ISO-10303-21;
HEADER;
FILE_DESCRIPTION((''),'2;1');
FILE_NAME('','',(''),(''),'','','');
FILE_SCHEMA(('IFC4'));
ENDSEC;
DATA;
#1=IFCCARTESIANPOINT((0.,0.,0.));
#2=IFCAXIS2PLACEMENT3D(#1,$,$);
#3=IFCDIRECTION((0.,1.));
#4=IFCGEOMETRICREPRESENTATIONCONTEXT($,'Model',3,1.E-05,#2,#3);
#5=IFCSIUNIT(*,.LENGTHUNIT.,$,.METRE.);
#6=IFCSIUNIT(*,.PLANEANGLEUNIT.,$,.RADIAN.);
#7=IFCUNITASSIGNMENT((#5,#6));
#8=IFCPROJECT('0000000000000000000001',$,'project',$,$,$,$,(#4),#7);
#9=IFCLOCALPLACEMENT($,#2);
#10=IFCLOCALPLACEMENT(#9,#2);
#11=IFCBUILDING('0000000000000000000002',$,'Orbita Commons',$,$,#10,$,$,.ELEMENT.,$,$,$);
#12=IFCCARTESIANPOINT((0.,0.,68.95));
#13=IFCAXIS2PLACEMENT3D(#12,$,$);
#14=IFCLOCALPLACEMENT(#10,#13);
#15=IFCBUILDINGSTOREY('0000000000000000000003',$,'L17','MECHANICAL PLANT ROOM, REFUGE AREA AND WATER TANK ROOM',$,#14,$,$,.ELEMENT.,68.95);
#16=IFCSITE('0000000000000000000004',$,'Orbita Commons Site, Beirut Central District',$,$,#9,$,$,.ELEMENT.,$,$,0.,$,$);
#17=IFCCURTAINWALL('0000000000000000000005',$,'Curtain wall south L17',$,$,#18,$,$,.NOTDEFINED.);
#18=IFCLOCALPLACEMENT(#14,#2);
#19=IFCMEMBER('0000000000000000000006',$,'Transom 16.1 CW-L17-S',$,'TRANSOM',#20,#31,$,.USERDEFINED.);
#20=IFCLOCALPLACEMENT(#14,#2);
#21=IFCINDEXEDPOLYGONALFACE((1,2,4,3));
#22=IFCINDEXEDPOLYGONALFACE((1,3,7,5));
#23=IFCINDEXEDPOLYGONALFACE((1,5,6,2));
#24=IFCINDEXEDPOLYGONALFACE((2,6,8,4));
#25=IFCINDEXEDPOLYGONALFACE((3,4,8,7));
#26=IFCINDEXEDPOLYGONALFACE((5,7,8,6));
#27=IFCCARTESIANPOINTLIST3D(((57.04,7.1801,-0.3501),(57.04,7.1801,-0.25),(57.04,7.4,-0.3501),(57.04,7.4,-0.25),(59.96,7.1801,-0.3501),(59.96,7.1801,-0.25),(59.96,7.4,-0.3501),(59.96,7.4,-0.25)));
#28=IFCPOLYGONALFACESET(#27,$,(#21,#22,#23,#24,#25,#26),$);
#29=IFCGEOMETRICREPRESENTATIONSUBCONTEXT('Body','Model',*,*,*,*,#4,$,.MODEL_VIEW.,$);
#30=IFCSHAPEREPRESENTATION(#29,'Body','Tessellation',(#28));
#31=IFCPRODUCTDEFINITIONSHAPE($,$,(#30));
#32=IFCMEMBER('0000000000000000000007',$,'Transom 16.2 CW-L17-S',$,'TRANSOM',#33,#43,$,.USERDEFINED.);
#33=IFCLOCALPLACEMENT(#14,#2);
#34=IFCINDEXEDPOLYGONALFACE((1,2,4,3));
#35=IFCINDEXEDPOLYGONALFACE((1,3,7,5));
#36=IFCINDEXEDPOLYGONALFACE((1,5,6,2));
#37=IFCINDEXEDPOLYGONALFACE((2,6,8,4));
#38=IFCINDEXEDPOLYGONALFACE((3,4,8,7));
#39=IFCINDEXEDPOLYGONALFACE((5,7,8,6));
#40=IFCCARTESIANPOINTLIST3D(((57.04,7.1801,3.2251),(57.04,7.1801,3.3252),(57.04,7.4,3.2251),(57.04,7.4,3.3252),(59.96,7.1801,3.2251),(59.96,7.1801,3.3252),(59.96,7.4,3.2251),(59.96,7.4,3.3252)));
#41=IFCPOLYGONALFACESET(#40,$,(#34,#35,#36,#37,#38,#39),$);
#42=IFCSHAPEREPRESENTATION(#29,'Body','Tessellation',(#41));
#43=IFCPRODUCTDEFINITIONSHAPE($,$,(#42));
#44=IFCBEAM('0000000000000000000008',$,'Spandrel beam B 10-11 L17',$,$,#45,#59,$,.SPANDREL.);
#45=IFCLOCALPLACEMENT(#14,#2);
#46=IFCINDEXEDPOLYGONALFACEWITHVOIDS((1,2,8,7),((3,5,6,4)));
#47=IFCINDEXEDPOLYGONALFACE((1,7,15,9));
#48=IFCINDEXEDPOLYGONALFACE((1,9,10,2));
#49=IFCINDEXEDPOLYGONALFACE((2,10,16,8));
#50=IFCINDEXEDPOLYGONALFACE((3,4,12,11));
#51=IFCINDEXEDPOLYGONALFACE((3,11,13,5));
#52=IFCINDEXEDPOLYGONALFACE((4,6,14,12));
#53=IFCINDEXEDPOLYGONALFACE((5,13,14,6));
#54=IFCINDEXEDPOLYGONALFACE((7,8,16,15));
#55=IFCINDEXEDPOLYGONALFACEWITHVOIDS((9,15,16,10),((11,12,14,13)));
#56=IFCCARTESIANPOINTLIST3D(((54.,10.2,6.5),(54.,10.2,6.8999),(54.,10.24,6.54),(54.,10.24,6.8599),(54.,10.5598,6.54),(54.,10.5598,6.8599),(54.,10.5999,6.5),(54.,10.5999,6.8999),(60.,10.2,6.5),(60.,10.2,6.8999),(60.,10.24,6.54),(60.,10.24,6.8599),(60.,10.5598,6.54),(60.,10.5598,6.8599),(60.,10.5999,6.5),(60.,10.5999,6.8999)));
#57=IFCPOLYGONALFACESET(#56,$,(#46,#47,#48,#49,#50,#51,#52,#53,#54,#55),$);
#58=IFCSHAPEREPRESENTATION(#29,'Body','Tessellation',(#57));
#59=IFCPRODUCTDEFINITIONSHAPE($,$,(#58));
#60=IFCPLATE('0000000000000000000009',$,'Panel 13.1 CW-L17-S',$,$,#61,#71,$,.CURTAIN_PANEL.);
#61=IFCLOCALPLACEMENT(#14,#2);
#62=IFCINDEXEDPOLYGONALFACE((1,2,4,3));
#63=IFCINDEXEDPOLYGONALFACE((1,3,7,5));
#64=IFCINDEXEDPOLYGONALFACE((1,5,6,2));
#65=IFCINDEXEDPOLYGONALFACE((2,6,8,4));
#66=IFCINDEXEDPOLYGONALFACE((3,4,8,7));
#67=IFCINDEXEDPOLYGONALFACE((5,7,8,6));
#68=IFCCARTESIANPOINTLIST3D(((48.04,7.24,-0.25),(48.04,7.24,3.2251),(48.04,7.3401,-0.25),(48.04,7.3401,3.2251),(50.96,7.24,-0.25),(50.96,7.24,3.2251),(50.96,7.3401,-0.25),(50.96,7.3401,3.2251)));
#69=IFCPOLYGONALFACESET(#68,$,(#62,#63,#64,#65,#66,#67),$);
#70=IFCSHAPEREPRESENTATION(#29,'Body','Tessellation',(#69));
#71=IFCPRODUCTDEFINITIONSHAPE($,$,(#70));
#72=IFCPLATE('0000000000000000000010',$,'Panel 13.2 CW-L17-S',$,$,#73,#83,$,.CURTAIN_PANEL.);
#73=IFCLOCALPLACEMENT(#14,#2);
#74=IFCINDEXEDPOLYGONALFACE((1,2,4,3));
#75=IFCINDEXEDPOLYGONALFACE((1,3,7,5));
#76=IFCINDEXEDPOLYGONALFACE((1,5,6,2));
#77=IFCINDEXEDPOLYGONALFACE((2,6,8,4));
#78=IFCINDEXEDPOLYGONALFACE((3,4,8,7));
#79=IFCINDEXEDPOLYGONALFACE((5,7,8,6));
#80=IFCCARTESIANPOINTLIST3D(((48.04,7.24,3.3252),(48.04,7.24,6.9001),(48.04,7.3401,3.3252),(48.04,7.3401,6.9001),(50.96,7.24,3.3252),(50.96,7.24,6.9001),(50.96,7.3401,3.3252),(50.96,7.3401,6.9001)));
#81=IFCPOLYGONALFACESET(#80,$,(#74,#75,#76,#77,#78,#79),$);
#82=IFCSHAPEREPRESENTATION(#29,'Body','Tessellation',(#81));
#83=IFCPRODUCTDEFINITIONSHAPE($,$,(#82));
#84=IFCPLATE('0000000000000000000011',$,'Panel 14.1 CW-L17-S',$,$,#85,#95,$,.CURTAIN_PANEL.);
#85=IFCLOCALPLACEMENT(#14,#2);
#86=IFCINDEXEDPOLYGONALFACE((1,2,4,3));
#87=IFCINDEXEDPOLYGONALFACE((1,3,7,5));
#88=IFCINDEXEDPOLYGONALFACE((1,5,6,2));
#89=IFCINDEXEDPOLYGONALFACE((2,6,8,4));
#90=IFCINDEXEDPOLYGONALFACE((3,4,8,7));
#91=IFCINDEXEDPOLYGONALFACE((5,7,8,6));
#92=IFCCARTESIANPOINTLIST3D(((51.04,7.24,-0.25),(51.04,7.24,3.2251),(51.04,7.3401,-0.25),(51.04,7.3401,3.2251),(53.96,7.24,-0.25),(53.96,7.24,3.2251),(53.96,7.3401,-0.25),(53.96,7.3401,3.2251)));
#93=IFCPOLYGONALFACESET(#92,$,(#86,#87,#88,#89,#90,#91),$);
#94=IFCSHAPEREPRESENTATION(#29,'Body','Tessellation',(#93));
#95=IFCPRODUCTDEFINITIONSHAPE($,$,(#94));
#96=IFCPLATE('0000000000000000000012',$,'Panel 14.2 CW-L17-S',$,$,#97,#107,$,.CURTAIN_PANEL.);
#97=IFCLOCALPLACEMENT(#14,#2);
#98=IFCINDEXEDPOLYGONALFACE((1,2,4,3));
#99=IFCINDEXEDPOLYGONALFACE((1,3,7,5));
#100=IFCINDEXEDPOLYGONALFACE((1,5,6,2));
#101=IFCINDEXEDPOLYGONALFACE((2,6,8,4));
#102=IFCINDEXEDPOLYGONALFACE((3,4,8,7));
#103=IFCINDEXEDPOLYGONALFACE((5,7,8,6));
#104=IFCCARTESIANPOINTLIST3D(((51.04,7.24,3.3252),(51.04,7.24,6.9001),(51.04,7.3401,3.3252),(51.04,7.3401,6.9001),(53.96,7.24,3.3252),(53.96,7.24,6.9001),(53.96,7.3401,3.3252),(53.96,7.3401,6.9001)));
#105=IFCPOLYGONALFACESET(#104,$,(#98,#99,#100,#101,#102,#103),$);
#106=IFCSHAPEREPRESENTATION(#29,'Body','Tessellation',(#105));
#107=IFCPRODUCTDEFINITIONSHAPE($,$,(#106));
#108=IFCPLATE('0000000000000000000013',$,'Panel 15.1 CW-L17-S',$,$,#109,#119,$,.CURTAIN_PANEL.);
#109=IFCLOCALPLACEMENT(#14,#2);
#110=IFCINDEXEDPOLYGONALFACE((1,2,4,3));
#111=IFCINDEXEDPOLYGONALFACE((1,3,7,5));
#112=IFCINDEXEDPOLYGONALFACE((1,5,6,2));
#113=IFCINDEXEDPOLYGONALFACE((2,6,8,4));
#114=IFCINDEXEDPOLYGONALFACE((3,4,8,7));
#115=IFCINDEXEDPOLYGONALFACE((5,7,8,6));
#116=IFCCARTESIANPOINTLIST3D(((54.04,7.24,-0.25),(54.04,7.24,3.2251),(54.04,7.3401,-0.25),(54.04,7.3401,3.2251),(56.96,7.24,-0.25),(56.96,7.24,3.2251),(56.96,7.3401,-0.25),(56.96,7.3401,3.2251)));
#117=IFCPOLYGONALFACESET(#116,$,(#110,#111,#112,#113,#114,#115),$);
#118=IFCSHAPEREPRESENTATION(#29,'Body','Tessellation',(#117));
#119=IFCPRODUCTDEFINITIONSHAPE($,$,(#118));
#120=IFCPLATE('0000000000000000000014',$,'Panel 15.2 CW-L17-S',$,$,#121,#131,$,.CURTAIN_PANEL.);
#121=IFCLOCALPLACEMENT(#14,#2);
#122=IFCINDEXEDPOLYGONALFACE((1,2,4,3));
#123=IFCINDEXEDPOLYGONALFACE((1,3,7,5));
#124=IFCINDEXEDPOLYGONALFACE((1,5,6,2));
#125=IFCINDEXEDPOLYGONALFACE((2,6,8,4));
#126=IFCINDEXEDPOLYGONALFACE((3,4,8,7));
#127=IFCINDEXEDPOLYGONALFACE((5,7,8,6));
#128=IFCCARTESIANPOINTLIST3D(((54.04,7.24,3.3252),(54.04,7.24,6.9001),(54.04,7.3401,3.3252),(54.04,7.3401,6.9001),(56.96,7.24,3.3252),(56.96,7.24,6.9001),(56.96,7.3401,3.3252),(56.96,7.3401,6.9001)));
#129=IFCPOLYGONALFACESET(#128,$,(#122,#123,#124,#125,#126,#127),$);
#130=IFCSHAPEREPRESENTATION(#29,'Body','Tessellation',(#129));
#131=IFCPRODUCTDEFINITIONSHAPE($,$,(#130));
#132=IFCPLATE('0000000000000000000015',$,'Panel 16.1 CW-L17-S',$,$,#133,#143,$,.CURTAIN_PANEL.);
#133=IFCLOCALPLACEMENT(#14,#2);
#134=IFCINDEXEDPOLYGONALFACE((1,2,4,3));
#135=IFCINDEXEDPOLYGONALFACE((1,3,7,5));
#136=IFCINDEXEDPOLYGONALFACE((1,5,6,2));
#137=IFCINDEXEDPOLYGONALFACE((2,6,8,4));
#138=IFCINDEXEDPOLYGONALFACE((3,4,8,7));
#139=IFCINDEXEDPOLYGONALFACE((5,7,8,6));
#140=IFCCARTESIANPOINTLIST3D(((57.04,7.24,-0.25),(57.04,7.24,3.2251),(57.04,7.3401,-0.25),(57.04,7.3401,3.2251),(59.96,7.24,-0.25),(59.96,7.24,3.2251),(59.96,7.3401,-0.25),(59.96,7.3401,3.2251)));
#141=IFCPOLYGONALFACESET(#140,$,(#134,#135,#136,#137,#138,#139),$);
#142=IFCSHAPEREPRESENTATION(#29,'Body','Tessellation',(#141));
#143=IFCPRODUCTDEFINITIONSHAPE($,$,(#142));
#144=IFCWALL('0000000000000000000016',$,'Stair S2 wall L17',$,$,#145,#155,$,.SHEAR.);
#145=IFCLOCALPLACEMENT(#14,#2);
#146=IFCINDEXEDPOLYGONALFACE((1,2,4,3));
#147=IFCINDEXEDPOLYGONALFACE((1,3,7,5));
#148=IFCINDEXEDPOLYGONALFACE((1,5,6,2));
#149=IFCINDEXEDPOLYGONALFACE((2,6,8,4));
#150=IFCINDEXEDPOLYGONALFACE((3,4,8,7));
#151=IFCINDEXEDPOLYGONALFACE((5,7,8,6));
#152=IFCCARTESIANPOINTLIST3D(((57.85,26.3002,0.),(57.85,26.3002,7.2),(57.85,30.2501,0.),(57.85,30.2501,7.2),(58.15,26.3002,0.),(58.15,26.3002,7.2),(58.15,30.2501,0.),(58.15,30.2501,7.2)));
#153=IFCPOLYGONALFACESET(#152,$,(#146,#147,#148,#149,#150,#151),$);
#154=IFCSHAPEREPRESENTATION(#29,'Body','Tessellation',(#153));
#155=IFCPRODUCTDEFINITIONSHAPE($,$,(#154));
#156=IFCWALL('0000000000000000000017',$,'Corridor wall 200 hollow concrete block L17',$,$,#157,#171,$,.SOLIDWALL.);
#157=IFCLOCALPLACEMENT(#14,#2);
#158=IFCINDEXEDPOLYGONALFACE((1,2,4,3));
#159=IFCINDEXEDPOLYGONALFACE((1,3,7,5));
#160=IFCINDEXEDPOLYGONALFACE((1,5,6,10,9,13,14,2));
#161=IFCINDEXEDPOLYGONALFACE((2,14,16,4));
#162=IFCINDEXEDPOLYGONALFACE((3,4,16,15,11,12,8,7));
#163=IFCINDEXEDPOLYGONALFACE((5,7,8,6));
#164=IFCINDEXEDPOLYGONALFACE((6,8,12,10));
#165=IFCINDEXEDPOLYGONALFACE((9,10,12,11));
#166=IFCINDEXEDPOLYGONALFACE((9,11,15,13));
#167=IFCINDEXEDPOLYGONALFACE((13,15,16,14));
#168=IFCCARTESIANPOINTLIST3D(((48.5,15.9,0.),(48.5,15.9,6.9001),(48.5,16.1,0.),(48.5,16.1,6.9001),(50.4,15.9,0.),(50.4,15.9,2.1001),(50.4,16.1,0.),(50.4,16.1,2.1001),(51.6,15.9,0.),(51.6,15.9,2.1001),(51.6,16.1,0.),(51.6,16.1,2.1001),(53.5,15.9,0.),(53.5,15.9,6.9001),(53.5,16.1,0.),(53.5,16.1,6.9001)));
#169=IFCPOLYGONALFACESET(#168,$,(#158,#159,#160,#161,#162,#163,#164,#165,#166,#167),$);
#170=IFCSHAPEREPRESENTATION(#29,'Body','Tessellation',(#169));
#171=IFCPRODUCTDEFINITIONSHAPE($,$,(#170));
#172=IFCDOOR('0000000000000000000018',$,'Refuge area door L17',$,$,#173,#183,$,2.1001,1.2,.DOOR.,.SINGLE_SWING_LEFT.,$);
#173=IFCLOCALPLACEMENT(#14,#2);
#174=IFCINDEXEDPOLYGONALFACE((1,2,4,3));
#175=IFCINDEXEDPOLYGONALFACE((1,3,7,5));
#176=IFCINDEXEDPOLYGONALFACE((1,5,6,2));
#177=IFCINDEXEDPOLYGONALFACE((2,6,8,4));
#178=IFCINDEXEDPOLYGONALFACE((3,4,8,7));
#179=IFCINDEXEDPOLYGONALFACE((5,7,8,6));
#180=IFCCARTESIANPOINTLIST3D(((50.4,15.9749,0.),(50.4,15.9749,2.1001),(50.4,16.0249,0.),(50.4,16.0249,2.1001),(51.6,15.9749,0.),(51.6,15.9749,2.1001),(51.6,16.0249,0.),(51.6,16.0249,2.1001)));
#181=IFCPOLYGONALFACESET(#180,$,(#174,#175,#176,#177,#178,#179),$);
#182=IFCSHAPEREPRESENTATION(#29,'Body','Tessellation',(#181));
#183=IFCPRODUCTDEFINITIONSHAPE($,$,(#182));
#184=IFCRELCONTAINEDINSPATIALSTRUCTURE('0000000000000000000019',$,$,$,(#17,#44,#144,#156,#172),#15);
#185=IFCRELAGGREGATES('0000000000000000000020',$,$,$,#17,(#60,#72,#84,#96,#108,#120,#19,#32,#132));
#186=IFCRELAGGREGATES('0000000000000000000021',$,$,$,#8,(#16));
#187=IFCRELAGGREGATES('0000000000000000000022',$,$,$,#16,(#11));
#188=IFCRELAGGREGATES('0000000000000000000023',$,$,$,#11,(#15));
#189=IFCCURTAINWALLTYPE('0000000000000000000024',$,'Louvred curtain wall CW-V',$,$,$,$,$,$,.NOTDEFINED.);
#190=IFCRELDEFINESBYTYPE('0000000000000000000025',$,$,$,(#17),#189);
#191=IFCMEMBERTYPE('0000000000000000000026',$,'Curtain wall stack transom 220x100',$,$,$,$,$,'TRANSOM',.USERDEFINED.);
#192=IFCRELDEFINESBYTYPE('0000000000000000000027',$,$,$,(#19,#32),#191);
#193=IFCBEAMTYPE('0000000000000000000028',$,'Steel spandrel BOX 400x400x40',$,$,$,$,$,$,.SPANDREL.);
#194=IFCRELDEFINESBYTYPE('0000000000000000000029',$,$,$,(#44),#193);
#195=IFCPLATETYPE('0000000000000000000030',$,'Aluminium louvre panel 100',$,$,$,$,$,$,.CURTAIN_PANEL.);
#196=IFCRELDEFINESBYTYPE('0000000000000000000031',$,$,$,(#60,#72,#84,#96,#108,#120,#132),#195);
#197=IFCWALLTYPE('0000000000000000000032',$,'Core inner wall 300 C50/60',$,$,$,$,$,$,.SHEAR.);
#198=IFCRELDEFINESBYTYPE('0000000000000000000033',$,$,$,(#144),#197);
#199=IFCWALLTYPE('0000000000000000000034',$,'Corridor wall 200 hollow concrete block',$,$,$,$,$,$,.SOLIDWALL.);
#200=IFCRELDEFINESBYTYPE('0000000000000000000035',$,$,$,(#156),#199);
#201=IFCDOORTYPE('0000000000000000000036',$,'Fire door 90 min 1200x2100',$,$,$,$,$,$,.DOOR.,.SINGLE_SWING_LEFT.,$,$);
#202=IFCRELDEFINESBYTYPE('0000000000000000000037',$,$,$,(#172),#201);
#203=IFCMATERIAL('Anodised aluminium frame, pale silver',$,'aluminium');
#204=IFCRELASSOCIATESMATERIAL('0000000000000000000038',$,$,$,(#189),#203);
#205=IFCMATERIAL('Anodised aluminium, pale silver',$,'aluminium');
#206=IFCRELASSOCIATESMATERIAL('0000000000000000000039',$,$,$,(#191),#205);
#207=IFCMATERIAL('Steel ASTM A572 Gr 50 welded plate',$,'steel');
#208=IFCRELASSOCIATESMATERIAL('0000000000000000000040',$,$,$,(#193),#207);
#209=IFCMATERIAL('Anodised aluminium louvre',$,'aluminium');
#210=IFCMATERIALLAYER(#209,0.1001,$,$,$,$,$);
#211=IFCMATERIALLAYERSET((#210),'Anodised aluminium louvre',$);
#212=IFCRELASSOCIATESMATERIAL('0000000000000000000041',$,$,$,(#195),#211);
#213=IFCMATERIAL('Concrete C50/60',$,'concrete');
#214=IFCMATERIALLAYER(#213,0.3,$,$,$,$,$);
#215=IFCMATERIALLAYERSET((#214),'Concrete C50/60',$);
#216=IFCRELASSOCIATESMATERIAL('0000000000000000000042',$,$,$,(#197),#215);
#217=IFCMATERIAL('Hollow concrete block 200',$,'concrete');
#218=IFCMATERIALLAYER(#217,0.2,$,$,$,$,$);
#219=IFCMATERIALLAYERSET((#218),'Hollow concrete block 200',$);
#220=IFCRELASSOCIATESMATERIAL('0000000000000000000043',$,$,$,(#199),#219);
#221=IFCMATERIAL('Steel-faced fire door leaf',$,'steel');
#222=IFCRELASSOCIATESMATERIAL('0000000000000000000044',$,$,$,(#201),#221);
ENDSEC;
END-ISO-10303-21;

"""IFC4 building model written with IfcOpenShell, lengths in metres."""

from ifc_helpers import new_model, si_unit, direction, frame, frame_2d, origin, origin_2d, place, context, subcontext, project, spatial, rectangle, hollow_rectangle, extrude, material, layer, layer_set, material_profile, profile_set, type_object, element, fill, aggregate, save


model = new_model("IFC4")

# Units and contexts
model_context = context("Model", 3, precision=1e-05, world=origin(), true_north=direction((0.0, 1.0)))
body_context = subcontext(model_context, "Body", "Model", "MODEL_VIEW")
ifc_project = project(units=[si_unit("LENGTHUNIT", "METRE"), si_unit("PLANEANGLEUNIT", "RADIAN")], contexts=[model_context])

# Site, building, storey
site_placement = place(None, origin())
site = spatial("IfcSite", under=ifc_project, at=site_placement, Name="Orbita Commons Site, Beirut Central District", CompositionType="ELEMENT", RefElevation=0.0)
building_placement = place(site_placement, origin())
building = spatial("IfcBuilding", under=site, at=building_placement, Name="Orbita Commons", CompositionType="ELEMENT")
storey_placement = place(building_placement, frame((0.0, 0.0, 68.95)))
storey = spatial("IfcBuildingStorey", under=building, at=storey_placement, Name="L17", Description="MECHANICAL PLANT ROOM, REFUGE AREA AND WATER TANK ROOM", CompositionType="ELEMENT", Elevation=68.95)

# Curtain wall, members
ifc_material_1 = material(Name="Anodised aluminium frame, pale silver", Category="aluminium")
curtain_wall_type = type_object("IfcCurtainWallType", Name="Louvred curtain wall CW-V", PredefinedType="NOTDEFINED", material=ifc_material_1)
curtain_wall_placement = place(storey_placement, origin())
curtain_wall = element("IfcCurtainWall", 1, at=curtain_wall_placement, inside=storey, type_object=curtain_wall_type, Name="Curtain wall south L17", PredefinedType="NOTDEFINED")
ifc_material_2 = material(Name="Anodised aluminium, pale silver", Category="aluminium")
ifc_material_profile_1 = material_profile(ifc_material_2, rectangle(XDim=0.22, YDim=0.1001, at=origin_2d()), Name="AL 220x100")
ifc_profile_set_1 = profile_set([ifc_material_profile_1], Name="Anodised aluminium, pale silver")
member_type_1 = type_object("IfcMemberType", Name="Curtain wall stack transom 220x100", ElementType="TRANSOM", PredefinedType="USERDEFINED", material=ifc_profile_set_1)
member_1_placement = place(storey_placement, frame((57.04, 7.29, -0.3), z_axis=(1.0, 0.0, 0.0), x_axis=(0.0, 1.0, 0.0)))
member_1 = element("IfcMember", 2, at=member_1_placement, type_object=member_type_1, Name="Transom 16.1 CW-L17-S", ObjectType="TRANSOM", PredefinedType="USERDEFINED", context=body_context, shape_type="SweptSolid", body=[
    extrude(rectangle(XDim=0.22, YDim=0.1001, at=origin_2d()), origin(), (0.0, 0.0, 1.0), 2.9199),
])
member_2_placement = place(storey_placement, frame((57.04, 7.29, 3.2751), z_axis=(1.0, 0.0, 0.0), x_axis=(0.0, 1.0, 0.0)))
member_2 = element("IfcMember", 3, at=member_2_placement, type_object=member_type_1, Name="Transom 16.2 CW-L17-S", ObjectType="TRANSOM", PredefinedType="USERDEFINED", context=body_context, shape_type="SweptSolid", body=[
    extrude(rectangle(XDim=0.22, YDim=0.1001, at=origin_2d()), origin(), (0.0, 0.0, 1.0), 2.9199),
])

# Beam
ifc_material_3 = material(Name="Steel ASTM A572 Gr 50 welded plate", Category="steel")
ifc_material_profile_2 = material_profile(ifc_material_3, hollow_rectangle(XDim=0.3999, YDim=0.3999, WallThickness=0.04, at=origin_2d()), Name="BOX 400x400x40")
ifc_profile_set_2 = profile_set([ifc_material_profile_2], Name="Steel ASTM A572 Gr 50 welded plate")
beam_type = type_object("IfcBeamType", Name="Steel spandrel BOX 400x400x40", PredefinedType="SPANDREL", material=ifc_profile_set_2)
beam_placement = place(storey_placement, frame((54.0, 10.3999, 6.7), z_axis=(1.0, 0.0, 0.0), x_axis=(0.0, 1.0, 0.0)))
element("IfcBeam", 4, at=beam_placement, inside=storey, type_object=beam_type, Name="Spandrel beam B 10-11 L17", PredefinedType="SPANDREL", context=body_context, shape_type="SweptSolid", body=[
    extrude(hollow_rectangle(XDim=0.3999, YDim=0.3999, WallThickness=0.04, at=origin_2d()), origin(), (0.0, 0.0, 1.0), 6.0),
])

# Plates
ifc_material_4 = material(Name="Anodised aluminium louvre", Category="aluminium")
ifc_layer_1 = layer(ifc_material_4, 0.1001)
ifc_layer_set_1 = layer_set([ifc_layer_1], Name="Anodised aluminium louvre")
plate_type = type_object("IfcPlateType", Name="Aluminium louvre panel 100", PredefinedType="CURTAIN_PANEL", material=ifc_layer_set_1)
plate_1_placement = place(storey_placement, frame((49.5, 7.29, -0.25), z_axis=(0.0, 0.0, 1.0), x_axis=(1.0, 0.0, 0.0)))
plate_1 = element("IfcPlate", 5, at=plate_1_placement, type_object=plate_type, Name="Panel 13.1 CW-L17-S", PredefinedType="CURTAIN_PANEL", context=body_context, shape_type="SweptSolid", body=[
    extrude(rectangle(XDim=2.9199, YDim=0.1001, at=origin_2d()), origin(), (0.0, 0.0, 1.0), 3.4751),
])
plate_2_placement = place(storey_placement, frame((49.5, 7.29, 3.3252), z_axis=(0.0, 0.0, 1.0), x_axis=(1.0, 0.0, 0.0)))
plate_2 = element("IfcPlate", 6, at=plate_2_placement, type_object=plate_type, Name="Panel 13.2 CW-L17-S", PredefinedType="CURTAIN_PANEL", context=body_context, shape_type="SweptSolid", body=[
    extrude(rectangle(XDim=2.9199, YDim=0.1001, at=origin_2d()), origin(), (0.0, 0.0, 1.0), 3.575),
])
plate_3_placement = place(storey_placement, frame((52.5, 7.29, -0.25), z_axis=(0.0, 0.0, 1.0), x_axis=(1.0, 0.0, 0.0)))
plate_3 = element("IfcPlate", 7, at=plate_3_placement, type_object=plate_type, Name="Panel 14.1 CW-L17-S", PredefinedType="CURTAIN_PANEL", context=body_context, shape_type="SweptSolid", body=[
    extrude(rectangle(XDim=2.9199, YDim=0.1001, at=origin_2d()), origin(), (0.0, 0.0, 1.0), 3.4751),
])
plate_4_placement = place(storey_placement, frame((52.5, 7.29, 3.3252), z_axis=(0.0, 0.0, 1.0), x_axis=(1.0, 0.0, 0.0)))
plate_4 = element("IfcPlate", 8, at=plate_4_placement, type_object=plate_type, Name="Panel 14.2 CW-L17-S", PredefinedType="CURTAIN_PANEL", context=body_context, shape_type="SweptSolid", body=[
    extrude(rectangle(XDim=2.9199, YDim=0.1001, at=origin_2d()), origin(), (0.0, 0.0, 1.0), 3.575),
])
plate_5_placement = place(storey_placement, frame((55.5, 7.29, -0.25), z_axis=(0.0, 0.0, 1.0), x_axis=(1.0, 0.0, 0.0)))
plate_5 = element("IfcPlate", 9, at=plate_5_placement, type_object=plate_type, Name="Panel 15.1 CW-L17-S", PredefinedType="CURTAIN_PANEL", context=body_context, shape_type="SweptSolid", body=[
    extrude(rectangle(XDim=2.9199, YDim=0.1001, at=origin_2d()), origin(), (0.0, 0.0, 1.0), 3.4751),
])
plate_6_placement = place(storey_placement, frame((55.5, 7.29, 3.3252), z_axis=(0.0, 0.0, 1.0), x_axis=(1.0, 0.0, 0.0)))
plate_6 = element("IfcPlate", 10, at=plate_6_placement, type_object=plate_type, Name="Panel 15.2 CW-L17-S", PredefinedType="CURTAIN_PANEL", context=body_context, shape_type="SweptSolid", body=[
    extrude(rectangle(XDim=2.9199, YDim=0.1001, at=origin_2d()), origin(), (0.0, 0.0, 1.0), 3.575),
])
plate_7_placement = place(storey_placement, frame((58.5, 7.29, -0.25), z_axis=(0.0, 0.0, 1.0), x_axis=(1.0, 0.0, 0.0)))
plate_7 = element("IfcPlate", 11, at=plate_7_placement, type_object=plate_type, Name="Panel 16.1 CW-L17-S", PredefinedType="CURTAIN_PANEL", context=body_context, shape_type="SweptSolid", body=[
    extrude(rectangle(XDim=2.9199, YDim=0.1001, at=origin_2d()), origin(), (0.0, 0.0, 1.0), 3.4751),
])
aggregate(curtain_wall, [plate_1, plate_2, plate_3, plate_4, plate_5, plate_6, member_1, member_2, plate_7])

# Wall
ifc_material_5 = material(Name="Concrete C50/60", Category="concrete")
ifc_layer_2 = layer(ifc_material_5, 0.3)
ifc_layer_set_2 = layer_set([ifc_layer_2], Name="Concrete C50/60")
wall_type_1 = type_object("IfcWallType", Name="Core inner wall 300 C50/60", PredefinedType="SHEAR", material=ifc_layer_set_2)
wall_1_placement = place(storey_placement, frame((58.0, 26.3, 0.0), z_axis=(0.0, 0.0, 1.0), x_axis=(0.0, 1.0, 0.0)))
element("IfcWall", 12, at=wall_1_placement, inside=storey, type_object=wall_type_1, Name="Stair S2 wall L17", PredefinedType="SHEAR", context=body_context, shape_type="SweptSolid", body=[
    extrude(rectangle(XDim=3.95, YDim=0.3, at=frame_2d((1.9751, 0.0))), origin(), (0.0, 0.0, 1.0), 7.2),
])

# Wall, opening, door
ifc_material_6 = material(Name="Hollow concrete block 200", Category="concrete")
ifc_layer_3 = layer(ifc_material_6, 0.2)
ifc_layer_set_3 = layer_set([ifc_layer_3], Name="Hollow concrete block 200")
wall_type_2 = type_object("IfcWallType", Name="Corridor wall 200 hollow concrete block", PredefinedType="SOLIDWALL", material=ifc_layer_set_3)
wall_2_placement = place(storey_placement, frame((48.5, 16.0, 0.0), z_axis=(0.0, 0.0, 1.0), x_axis=(1.0, 0.0, 0.0)))
wall_2 = element("IfcWall", 13, at=wall_2_placement, inside=storey, type_object=wall_type_2, Name="Corridor wall 200 hollow concrete block L17", PredefinedType="SOLIDWALL", context=body_context, shape_type="SweptSolid", body=[
    extrude(rectangle(XDim=5.0, YDim=0.2, at=frame_2d((2.5, 0.0))), origin(), (0.0, 0.0, 1.0), 6.9001),
])
opening_1_placement = place(wall_2_placement, frame((1.8999, 0.0, 0.0)))
opening_1 = element("IfcOpeningElement", 14, at=opening_1_placement, cuts=wall_2, PredefinedType="OPENING", context=body_context, shape_type="SweptSolid", body=[
    extrude(rectangle(XDim=1.2, YDim=2.1001, at=frame_2d((0.6001, 1.05))), frame((0.0, 0.1099, 0.0), z_axis=(0.0, -1.0, 0.0), x_axis=(1.0, 0.0, 0.0)), (0.0, 0.0, 1.0), 0.22),
])
ifc_material_7 = material(Name="Steel-faced fire door leaf", Category="steel")
door_type = type_object("IfcDoorType", Name="Fire door 90 min 1200x2100", OperationType="SINGLE_SWING_LEFT", PredefinedType="DOOR", material=ifc_material_7)
door_1_placement = place(opening_1_placement, origin())
door_1 = element("IfcDoor", 15, at=door_1_placement, inside=storey, type_object=door_type, Name="Refuge area door L17", OperationType="SINGLE_SWING_LEFT", OverallHeight=2.1001, OverallWidth=1.2, PredefinedType="DOOR", context=body_context, shape_type="SweptSolid", body=[
    extrude(rectangle(XDim=1.2, YDim=2.1001, at=frame_2d((0.6001, 1.05))), frame((0.0, 0.0249, 0.0), z_axis=(0.0, -1.0, 0.0), x_axis=(1.0, 0.0, 0.0)), (0.0, 0.0, 1.0), 0.05),
])
fill(opening_1, door_1)

save(model, "model.ifc")
